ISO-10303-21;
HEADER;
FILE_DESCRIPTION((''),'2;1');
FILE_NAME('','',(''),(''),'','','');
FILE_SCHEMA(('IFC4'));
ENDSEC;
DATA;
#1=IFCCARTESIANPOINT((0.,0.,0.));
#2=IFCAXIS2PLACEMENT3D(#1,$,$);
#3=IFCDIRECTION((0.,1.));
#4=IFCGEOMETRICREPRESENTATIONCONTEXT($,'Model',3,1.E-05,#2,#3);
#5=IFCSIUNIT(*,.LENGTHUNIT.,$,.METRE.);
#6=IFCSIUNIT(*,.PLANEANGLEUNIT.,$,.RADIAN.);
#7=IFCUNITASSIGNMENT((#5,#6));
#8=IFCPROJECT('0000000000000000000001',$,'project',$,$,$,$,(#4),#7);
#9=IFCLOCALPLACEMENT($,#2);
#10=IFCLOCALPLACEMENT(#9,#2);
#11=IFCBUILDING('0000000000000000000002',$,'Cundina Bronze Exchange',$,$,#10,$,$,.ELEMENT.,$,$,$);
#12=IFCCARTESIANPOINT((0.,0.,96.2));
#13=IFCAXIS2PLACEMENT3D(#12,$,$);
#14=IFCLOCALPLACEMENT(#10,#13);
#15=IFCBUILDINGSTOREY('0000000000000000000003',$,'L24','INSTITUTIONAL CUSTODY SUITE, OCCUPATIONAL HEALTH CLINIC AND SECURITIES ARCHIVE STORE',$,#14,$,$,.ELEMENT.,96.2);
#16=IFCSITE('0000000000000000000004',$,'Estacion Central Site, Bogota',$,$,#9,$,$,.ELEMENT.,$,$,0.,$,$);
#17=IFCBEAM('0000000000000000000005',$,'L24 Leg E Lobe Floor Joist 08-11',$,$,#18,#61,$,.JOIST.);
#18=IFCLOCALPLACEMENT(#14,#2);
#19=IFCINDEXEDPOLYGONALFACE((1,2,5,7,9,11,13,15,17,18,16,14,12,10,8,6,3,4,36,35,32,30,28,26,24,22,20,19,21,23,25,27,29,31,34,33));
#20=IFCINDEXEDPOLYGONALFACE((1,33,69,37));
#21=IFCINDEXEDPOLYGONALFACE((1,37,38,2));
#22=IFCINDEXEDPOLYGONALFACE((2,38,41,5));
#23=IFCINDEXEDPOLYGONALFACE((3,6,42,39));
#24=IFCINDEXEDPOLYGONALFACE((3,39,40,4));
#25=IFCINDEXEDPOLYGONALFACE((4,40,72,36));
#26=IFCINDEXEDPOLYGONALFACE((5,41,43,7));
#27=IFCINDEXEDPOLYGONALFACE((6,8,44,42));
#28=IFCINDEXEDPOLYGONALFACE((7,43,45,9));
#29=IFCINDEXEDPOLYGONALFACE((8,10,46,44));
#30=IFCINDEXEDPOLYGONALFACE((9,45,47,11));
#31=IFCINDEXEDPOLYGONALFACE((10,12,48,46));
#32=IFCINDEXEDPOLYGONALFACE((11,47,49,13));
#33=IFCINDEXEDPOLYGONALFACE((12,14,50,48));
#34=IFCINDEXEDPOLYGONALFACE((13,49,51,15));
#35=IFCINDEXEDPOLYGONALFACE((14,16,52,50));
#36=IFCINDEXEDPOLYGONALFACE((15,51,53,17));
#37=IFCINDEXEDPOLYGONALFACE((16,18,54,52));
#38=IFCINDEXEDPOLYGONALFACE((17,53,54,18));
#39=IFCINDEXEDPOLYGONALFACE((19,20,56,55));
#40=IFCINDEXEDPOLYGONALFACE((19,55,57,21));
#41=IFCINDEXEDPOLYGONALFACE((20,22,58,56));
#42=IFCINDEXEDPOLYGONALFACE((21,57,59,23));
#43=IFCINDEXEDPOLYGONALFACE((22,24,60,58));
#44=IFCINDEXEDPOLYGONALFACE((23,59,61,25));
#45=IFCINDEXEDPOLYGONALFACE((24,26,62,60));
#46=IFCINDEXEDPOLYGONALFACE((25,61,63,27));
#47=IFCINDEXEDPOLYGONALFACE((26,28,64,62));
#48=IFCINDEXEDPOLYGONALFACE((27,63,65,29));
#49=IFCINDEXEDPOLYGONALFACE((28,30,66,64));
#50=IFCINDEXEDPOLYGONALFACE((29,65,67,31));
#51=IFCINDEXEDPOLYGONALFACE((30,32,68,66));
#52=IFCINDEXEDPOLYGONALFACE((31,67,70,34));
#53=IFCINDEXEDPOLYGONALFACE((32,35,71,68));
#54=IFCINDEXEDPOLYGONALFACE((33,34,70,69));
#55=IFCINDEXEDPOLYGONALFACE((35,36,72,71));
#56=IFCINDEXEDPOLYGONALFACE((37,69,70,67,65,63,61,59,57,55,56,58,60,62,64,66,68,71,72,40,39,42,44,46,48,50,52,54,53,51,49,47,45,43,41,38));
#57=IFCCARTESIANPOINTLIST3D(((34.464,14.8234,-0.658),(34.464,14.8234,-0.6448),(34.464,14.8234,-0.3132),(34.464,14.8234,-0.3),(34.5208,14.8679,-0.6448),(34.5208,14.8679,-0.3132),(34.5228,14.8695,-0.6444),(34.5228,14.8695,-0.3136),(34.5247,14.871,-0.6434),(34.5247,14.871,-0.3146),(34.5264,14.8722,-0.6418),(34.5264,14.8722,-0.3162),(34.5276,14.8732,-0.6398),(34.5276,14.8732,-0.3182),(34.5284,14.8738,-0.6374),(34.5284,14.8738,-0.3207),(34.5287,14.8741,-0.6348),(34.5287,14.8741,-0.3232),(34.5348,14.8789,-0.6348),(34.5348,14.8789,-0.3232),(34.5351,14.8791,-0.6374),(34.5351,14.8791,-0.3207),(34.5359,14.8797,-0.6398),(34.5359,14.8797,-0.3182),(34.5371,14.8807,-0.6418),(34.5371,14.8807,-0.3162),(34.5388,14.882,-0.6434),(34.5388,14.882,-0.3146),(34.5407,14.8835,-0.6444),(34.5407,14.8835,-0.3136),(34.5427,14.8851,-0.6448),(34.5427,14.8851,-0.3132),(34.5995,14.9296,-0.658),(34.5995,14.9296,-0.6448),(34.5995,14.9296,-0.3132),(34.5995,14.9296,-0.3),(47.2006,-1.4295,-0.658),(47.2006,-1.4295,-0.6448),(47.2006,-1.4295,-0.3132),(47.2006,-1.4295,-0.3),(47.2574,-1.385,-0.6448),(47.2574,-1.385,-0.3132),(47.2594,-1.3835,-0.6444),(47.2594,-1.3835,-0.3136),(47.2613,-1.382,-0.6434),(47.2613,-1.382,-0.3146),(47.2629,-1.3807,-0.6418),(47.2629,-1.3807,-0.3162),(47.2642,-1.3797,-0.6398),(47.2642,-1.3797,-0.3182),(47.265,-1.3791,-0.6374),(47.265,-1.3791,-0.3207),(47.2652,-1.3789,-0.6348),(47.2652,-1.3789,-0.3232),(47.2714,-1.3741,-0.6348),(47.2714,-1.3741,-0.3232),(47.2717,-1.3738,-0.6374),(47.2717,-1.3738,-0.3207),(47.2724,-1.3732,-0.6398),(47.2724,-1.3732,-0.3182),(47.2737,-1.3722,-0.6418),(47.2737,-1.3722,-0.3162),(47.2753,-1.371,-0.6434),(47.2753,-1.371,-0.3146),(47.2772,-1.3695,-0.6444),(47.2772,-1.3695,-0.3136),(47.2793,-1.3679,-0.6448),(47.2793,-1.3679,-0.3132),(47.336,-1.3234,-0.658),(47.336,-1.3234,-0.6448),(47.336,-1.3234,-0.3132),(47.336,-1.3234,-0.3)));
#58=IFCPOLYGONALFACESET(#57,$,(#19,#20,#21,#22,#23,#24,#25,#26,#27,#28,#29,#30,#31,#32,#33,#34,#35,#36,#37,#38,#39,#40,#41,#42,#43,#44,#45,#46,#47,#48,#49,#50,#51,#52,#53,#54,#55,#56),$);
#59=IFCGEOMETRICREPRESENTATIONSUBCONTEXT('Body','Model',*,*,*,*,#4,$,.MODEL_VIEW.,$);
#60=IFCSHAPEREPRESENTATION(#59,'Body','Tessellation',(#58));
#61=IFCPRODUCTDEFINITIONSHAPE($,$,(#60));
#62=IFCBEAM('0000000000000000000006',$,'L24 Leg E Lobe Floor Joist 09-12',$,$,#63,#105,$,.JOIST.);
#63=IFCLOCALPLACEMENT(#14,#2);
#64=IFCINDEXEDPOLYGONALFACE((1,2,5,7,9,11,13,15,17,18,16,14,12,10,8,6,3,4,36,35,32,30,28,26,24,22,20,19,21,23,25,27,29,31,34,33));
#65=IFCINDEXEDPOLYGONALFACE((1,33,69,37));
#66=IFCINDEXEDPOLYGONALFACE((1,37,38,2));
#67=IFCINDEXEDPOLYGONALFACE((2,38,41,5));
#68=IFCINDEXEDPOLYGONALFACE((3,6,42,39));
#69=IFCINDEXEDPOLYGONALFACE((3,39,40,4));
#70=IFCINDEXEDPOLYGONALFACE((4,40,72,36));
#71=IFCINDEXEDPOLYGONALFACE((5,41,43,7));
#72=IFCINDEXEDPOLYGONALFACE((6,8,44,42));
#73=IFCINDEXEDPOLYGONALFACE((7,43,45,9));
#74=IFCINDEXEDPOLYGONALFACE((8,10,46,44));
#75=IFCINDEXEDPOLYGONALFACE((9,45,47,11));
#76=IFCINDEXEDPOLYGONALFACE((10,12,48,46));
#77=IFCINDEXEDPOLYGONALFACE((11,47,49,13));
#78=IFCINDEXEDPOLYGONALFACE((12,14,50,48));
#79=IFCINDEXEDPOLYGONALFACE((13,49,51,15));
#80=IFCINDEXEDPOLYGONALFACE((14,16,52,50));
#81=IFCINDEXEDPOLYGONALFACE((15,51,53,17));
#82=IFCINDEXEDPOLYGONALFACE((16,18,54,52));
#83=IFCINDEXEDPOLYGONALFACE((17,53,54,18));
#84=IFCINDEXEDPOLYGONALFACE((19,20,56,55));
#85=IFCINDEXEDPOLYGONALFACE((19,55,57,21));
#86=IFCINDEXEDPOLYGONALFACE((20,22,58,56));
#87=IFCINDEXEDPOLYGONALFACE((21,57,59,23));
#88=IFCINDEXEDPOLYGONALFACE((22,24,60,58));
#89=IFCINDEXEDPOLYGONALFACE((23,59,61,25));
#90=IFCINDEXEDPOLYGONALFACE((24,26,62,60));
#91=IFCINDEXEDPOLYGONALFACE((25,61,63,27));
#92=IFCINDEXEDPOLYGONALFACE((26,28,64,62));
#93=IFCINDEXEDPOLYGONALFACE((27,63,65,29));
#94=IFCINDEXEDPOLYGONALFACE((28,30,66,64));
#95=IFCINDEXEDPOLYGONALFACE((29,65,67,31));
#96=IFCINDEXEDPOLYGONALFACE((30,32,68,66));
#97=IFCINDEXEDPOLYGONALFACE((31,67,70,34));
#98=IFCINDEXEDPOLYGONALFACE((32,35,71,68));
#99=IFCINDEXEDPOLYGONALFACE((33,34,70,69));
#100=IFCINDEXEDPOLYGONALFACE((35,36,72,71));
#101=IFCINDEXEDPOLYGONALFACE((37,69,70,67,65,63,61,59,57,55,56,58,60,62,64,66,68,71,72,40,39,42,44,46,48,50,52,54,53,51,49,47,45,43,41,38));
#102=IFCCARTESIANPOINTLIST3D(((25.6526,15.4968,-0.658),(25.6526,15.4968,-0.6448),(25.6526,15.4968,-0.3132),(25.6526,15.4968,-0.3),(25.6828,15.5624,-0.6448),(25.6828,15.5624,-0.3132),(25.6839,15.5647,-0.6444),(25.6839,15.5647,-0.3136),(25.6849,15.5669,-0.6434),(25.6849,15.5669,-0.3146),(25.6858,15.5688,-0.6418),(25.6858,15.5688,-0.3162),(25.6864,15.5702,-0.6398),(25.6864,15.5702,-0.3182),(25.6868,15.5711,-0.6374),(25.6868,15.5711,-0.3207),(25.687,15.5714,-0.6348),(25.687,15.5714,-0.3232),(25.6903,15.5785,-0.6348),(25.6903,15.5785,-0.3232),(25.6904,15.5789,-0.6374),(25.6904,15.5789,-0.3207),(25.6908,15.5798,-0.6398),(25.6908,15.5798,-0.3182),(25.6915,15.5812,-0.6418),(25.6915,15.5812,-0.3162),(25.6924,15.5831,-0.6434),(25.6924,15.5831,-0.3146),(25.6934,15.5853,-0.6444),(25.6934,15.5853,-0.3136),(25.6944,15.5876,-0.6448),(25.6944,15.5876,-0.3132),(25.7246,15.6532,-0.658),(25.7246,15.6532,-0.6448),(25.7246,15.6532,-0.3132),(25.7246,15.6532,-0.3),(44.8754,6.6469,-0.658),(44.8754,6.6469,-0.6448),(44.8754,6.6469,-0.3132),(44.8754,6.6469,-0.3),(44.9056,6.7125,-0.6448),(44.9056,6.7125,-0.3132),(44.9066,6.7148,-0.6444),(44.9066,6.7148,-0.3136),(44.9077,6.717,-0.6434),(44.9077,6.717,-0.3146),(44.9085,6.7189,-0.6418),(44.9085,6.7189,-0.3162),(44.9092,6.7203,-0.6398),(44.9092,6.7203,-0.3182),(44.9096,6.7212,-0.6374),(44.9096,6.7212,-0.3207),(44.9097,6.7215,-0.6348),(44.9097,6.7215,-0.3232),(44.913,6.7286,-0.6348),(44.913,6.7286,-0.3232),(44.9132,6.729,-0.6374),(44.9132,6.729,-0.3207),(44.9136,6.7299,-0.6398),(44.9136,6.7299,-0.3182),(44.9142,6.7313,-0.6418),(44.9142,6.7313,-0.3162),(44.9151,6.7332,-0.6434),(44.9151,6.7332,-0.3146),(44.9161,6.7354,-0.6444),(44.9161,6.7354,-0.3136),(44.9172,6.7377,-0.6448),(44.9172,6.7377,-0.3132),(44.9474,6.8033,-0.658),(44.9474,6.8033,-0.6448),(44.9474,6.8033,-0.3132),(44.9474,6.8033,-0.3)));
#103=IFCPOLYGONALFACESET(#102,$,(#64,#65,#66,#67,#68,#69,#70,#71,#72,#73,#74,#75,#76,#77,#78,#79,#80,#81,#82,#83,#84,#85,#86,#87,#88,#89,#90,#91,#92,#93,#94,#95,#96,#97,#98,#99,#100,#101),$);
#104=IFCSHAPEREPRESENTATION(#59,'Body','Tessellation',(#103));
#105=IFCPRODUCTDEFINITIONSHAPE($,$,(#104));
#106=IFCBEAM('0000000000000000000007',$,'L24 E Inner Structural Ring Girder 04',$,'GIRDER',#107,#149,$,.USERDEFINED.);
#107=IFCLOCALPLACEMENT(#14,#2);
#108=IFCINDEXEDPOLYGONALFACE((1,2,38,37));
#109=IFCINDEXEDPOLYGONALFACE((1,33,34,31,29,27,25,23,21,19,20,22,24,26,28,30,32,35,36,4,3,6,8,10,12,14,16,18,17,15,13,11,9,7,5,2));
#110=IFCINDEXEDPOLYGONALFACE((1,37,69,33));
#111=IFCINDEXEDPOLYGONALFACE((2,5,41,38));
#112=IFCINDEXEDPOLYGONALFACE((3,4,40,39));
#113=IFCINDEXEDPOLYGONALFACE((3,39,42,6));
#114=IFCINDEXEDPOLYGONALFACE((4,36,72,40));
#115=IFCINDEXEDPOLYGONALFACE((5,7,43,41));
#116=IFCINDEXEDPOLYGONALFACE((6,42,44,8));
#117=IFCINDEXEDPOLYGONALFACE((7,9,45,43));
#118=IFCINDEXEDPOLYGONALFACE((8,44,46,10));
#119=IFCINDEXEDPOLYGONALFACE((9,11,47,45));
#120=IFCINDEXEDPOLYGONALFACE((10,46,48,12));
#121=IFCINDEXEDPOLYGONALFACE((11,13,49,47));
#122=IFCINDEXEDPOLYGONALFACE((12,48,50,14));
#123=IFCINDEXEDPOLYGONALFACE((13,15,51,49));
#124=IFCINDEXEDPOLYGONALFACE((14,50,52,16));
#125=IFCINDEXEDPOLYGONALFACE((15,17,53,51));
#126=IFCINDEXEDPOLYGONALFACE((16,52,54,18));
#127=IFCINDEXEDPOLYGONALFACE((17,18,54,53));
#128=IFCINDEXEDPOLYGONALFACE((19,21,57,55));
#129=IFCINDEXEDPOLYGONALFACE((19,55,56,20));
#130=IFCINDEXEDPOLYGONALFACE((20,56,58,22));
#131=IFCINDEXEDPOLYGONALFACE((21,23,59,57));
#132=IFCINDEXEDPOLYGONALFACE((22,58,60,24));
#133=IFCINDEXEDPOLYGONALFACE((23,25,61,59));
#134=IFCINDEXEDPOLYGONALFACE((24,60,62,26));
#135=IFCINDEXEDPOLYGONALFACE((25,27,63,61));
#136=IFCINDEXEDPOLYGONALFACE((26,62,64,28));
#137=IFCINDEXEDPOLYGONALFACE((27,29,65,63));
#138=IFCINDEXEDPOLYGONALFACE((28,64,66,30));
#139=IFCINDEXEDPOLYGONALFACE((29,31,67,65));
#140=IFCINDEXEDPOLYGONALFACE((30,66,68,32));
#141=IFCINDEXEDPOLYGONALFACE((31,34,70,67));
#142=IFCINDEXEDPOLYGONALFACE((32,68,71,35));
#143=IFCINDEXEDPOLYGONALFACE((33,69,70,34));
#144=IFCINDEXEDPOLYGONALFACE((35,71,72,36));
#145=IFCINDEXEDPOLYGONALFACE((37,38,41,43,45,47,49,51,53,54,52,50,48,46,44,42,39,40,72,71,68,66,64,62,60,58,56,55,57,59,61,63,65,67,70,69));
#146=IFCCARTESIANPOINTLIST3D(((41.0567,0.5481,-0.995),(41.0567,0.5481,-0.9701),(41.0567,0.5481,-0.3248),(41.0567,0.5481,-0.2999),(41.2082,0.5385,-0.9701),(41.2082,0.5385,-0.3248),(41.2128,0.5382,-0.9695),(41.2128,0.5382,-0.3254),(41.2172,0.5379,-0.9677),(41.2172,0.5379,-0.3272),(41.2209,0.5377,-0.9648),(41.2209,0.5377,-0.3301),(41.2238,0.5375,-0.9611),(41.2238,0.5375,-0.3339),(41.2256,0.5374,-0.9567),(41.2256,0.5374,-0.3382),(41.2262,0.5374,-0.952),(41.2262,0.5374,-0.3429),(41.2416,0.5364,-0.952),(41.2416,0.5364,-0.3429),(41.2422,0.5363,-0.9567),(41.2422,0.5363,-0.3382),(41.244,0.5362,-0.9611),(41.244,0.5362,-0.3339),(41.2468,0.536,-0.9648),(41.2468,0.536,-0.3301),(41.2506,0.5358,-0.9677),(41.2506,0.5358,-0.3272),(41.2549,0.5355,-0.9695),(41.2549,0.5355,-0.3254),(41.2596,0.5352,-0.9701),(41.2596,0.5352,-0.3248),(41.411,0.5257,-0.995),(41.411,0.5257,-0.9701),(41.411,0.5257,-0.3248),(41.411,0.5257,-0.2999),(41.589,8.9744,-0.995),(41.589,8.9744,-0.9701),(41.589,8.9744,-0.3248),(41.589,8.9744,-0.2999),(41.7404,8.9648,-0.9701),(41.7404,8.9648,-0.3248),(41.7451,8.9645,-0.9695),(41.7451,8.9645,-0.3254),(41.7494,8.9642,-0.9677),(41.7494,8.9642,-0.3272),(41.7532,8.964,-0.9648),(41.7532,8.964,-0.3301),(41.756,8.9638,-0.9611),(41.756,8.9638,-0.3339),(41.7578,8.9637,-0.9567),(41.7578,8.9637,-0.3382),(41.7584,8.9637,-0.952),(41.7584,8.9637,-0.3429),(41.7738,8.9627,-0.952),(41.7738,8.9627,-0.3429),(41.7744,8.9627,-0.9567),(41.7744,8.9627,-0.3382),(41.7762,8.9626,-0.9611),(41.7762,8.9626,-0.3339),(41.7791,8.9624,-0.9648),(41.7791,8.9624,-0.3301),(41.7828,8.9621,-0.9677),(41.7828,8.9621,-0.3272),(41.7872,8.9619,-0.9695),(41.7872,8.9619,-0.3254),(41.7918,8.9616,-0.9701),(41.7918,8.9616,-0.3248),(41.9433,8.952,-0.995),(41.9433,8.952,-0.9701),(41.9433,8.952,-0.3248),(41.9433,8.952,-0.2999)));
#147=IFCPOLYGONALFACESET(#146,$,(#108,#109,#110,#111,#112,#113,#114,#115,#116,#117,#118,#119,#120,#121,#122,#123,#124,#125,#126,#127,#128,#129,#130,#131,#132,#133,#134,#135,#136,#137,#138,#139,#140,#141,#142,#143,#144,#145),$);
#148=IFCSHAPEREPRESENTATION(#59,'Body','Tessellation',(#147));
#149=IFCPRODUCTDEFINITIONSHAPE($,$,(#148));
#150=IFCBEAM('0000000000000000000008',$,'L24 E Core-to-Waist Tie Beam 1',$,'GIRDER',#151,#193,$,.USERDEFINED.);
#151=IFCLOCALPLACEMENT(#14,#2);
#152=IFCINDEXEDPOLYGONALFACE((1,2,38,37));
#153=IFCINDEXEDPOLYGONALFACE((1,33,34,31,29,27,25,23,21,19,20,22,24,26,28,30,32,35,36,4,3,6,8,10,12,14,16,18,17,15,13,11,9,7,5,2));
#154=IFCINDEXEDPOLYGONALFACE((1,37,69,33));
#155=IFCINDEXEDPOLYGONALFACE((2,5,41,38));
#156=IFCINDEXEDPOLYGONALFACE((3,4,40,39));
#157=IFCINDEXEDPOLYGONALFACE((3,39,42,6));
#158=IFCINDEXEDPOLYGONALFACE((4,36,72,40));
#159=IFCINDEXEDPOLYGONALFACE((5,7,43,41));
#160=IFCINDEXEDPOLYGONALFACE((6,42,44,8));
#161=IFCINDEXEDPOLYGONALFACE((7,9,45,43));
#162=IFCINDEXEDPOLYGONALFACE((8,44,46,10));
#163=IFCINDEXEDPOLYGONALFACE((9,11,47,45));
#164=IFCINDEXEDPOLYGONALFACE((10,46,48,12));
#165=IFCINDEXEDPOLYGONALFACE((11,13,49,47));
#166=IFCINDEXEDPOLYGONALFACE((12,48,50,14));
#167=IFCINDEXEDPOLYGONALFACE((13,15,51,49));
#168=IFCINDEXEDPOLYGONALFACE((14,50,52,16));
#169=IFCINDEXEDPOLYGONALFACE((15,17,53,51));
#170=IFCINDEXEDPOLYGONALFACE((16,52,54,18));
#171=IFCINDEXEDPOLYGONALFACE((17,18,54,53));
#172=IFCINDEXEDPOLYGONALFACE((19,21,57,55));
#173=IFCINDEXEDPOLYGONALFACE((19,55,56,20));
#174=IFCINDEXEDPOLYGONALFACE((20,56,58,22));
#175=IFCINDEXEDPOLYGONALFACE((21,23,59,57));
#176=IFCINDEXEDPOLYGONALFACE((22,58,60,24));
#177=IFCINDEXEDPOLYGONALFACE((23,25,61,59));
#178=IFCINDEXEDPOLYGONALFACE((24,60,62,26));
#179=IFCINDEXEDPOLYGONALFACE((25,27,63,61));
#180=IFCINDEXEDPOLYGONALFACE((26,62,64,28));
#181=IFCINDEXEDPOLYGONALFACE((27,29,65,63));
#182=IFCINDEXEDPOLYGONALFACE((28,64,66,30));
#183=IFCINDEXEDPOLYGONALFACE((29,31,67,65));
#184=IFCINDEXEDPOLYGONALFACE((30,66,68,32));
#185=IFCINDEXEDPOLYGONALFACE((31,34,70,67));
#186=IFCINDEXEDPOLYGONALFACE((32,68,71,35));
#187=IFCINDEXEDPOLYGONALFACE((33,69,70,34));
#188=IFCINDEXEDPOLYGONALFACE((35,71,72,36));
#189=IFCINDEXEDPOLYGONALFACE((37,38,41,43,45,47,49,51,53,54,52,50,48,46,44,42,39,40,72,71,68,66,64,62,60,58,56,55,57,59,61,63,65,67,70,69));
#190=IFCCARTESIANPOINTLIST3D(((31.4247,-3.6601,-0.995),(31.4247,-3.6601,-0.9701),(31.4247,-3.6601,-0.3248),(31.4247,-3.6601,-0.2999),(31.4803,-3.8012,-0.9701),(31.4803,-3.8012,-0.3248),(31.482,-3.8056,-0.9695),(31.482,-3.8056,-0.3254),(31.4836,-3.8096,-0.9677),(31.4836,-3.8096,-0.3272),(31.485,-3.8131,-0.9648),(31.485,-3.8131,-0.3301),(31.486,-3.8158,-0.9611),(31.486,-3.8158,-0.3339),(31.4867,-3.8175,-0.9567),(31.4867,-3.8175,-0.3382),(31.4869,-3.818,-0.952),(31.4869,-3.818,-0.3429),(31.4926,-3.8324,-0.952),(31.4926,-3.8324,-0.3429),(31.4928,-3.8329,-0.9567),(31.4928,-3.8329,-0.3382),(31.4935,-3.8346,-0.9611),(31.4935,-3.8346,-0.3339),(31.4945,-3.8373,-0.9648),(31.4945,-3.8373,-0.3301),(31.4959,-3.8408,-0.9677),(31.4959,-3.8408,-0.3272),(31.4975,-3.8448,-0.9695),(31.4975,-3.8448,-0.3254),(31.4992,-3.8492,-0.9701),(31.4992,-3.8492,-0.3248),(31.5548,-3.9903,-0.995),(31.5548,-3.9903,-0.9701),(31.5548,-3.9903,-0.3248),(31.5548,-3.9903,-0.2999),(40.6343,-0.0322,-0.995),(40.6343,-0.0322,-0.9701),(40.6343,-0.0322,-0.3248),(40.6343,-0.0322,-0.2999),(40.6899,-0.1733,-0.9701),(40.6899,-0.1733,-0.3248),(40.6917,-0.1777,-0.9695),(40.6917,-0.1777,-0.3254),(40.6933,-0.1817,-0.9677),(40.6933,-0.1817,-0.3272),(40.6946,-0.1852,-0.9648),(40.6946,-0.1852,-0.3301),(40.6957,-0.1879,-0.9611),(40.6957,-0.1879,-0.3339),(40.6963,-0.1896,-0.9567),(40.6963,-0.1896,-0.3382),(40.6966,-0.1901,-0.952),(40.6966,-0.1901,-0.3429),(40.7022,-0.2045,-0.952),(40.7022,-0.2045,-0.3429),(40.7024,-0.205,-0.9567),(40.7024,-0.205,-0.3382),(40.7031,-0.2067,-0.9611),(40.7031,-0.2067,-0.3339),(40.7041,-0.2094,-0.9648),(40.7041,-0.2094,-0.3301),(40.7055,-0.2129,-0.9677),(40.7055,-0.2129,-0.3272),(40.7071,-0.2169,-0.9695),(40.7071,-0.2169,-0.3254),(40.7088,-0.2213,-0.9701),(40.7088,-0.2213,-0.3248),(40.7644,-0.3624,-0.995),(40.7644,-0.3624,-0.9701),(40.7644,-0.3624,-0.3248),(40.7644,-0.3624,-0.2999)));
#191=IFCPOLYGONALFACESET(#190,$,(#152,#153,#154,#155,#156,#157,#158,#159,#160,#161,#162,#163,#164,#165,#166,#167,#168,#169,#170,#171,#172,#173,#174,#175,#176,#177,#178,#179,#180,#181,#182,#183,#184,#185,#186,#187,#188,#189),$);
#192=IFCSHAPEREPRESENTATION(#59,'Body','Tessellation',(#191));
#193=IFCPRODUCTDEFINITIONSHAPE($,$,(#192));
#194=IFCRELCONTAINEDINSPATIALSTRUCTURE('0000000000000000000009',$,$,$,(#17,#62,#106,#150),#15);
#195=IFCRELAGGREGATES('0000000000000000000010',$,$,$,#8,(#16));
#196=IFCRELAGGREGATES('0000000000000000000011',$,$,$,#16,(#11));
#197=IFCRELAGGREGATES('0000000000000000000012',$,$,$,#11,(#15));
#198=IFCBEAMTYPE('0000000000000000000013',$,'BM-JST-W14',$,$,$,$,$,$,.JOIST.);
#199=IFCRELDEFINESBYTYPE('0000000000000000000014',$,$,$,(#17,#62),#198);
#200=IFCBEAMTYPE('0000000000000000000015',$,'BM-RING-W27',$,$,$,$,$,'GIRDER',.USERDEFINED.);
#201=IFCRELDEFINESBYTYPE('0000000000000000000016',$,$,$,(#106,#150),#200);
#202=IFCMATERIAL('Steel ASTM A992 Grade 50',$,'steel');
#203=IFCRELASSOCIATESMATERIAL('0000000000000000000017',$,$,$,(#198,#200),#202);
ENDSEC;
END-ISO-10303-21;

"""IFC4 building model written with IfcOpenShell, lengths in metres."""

from ifc_helpers import new_model, si_unit, direction, frame, origin, origin_2d, place, context, subcontext, project, spatial, i_section, extrude, material, material_profile, profile_set, type_object, element, save


model = new_model("IFC4")

# Units and contexts
model_context = context("Model", 3, precision=1e-05, world=origin(), true_north=direction((0.0, 1.0)))
body_context = subcontext(model_context, "Body", "Model", "MODEL_VIEW")
ifc_project = project(units=[si_unit("LENGTHUNIT", "METRE"), si_unit("PLANEANGLEUNIT", "RADIAN")], contexts=[model_context])

# Site, building, storey
site_placement = place(None, origin())
site = spatial("IfcSite", under=ifc_project, at=site_placement, Name="Estacion Central Site, Bogota", CompositionType="ELEMENT", RefElevation=0.0)
building_placement = place(site_placement, origin())
building = spatial("IfcBuilding", under=site, at=building_placement, Name="Cundina Bronze Exchange", CompositionType="ELEMENT")
storey_placement = place(building_placement, frame((0.0, 0.0, 96.2)))
storey = spatial("IfcBuildingStorey", under=building, at=storey_placement, Name="L24", Description="INSTITUTIONAL CUSTODY SUITE, OCCUPATIONAL HEALTH CLINIC AND SECURITIES ARCHIVE STORE", CompositionType="ELEMENT", Elevation=96.2)

# Shared definitions
ifc_material_1 = material(Name="Steel ASTM A992 Grade 50", Category="steel")

# Beams
ifc_material_profile_1 = material_profile(ifc_material_1, i_section(OverallWidth=0.1721, OverallDepth=0.3579, WebThickness=0.0078, FlangeThickness=0.0132, FilletRadius=0.01, at=origin_2d()), Name="W14X38", Category="steel")
ifc_profile_set_1 = profile_set([ifc_material_profile_1], Name="Steel ASTM A992 Grade 50")
beam_type_1 = type_object("IfcBeamType", Name="BM-JST-W14", PredefinedType="JOIST", material=ifc_profile_set_1)
beam_1_placement = place(storey_placement, frame((47.2683, -1.3765, -0.479), z_axis=(-0.616815, 0.787108, 0.0), x_axis=(-0.787108, -0.616815, 0.0)))
element("IfcBeam", 1, at=beam_1_placement, inside=storey, type_object=beam_type_1, Name="L24 Leg E Lobe Floor Joist 08-11", PredefinedType="JOIST", context=body_context, shape_type="SweptSolid", body=[
    extrude(i_section(OverallWidth=0.1721, OverallDepth=0.3579, WebThickness=0.0078, FlangeThickness=0.0132, FilletRadius=0.01, at=origin_2d()), origin(), (0.0, 0.0, 1.0), 20.6489),
])
beam_2_placement = place(storey_placement, frame((44.9114, 6.7251, -0.479), z_axis=(-0.908357, 0.418195, 0.0), x_axis=(-0.418195, -0.908357, 0.0)))
element("IfcBeam", 2, at=beam_2_placement, inside=storey, type_object=beam_type_1, Name="L24 Leg E Lobe Floor Joist 09-12", PredefinedType="JOIST", context=body_context, shape_type="SweptSolid", body=[
    extrude(i_section(OverallWidth=0.1721, OverallDepth=0.3579, WebThickness=0.0078, FlangeThickness=0.0132, FilletRadius=0.01, at=origin_2d()), origin(), (0.0, 0.0, 1.0), 21.1621),
])
ifc_material_profile_2 = material_profile(ifc_material_1, i_section(OverallWidth=0.355, OverallDepth=0.6951, WebThickness=0.0154, FlangeThickness=0.0249, FilletRadius=0.0181, at=origin_2d()), Name="W27X146", Category="steel")
ifc_profile_set_2 = profile_set([ifc_material_profile_2], Name="Steel ASTM A992 Grade 50")
beam_type_2 = type_object("IfcBeamType", Name="BM-RING-W27", ElementType="GIRDER", PredefinedType="USERDEFINED", material=ifc_profile_set_2)
beam_3_placement = place(storey_placement, frame((41.2339, 0.5369, -0.6475), z_axis=(0.063037, 0.998011, 0.0), x_axis=(-0.998011, 0.063037, 0.0)))
element("IfcBeam", 3, at=beam_3_placement, inside=storey, type_object=beam_type_2, Name="L24 E Inner Structural Ring Girder 04", ObjectType="GIRDER", PredefinedType="USERDEFINED", context=body_context, shape_type="SweptSolid", body=[
    extrude(i_section(OverallWidth=0.355, OverallDepth=0.6951, WebThickness=0.0154, FlangeThickness=0.0249, FilletRadius=0.0181, at=origin_2d()), origin(), (0.0, 0.0, 1.0), 8.4431),
])
beam_4_placement = place(storey_placement, frame((31.4897, -3.8252, -0.6475), z_axis=(0.930413, 0.366512, 0.0), x_axis=(-0.366512, 0.930413, 0.0)))
element("IfcBeam", 4, at=beam_4_placement, inside=storey, type_object=beam_type_2, Name="L24 E Core-to-Waist Tie Beam 1", ObjectType="GIRDER", PredefinedType="USERDEFINED", context=body_context, shape_type="SweptSolid", body=[
    extrude(i_section(OverallWidth=0.355, OverallDepth=0.6951, WebThickness=0.0154, FlangeThickness=0.0249, FilletRadius=0.0181, at=origin_2d()), origin(), (0.0, 0.0, 1.0), 9.8984),
])

save(model, "model.ifc")
